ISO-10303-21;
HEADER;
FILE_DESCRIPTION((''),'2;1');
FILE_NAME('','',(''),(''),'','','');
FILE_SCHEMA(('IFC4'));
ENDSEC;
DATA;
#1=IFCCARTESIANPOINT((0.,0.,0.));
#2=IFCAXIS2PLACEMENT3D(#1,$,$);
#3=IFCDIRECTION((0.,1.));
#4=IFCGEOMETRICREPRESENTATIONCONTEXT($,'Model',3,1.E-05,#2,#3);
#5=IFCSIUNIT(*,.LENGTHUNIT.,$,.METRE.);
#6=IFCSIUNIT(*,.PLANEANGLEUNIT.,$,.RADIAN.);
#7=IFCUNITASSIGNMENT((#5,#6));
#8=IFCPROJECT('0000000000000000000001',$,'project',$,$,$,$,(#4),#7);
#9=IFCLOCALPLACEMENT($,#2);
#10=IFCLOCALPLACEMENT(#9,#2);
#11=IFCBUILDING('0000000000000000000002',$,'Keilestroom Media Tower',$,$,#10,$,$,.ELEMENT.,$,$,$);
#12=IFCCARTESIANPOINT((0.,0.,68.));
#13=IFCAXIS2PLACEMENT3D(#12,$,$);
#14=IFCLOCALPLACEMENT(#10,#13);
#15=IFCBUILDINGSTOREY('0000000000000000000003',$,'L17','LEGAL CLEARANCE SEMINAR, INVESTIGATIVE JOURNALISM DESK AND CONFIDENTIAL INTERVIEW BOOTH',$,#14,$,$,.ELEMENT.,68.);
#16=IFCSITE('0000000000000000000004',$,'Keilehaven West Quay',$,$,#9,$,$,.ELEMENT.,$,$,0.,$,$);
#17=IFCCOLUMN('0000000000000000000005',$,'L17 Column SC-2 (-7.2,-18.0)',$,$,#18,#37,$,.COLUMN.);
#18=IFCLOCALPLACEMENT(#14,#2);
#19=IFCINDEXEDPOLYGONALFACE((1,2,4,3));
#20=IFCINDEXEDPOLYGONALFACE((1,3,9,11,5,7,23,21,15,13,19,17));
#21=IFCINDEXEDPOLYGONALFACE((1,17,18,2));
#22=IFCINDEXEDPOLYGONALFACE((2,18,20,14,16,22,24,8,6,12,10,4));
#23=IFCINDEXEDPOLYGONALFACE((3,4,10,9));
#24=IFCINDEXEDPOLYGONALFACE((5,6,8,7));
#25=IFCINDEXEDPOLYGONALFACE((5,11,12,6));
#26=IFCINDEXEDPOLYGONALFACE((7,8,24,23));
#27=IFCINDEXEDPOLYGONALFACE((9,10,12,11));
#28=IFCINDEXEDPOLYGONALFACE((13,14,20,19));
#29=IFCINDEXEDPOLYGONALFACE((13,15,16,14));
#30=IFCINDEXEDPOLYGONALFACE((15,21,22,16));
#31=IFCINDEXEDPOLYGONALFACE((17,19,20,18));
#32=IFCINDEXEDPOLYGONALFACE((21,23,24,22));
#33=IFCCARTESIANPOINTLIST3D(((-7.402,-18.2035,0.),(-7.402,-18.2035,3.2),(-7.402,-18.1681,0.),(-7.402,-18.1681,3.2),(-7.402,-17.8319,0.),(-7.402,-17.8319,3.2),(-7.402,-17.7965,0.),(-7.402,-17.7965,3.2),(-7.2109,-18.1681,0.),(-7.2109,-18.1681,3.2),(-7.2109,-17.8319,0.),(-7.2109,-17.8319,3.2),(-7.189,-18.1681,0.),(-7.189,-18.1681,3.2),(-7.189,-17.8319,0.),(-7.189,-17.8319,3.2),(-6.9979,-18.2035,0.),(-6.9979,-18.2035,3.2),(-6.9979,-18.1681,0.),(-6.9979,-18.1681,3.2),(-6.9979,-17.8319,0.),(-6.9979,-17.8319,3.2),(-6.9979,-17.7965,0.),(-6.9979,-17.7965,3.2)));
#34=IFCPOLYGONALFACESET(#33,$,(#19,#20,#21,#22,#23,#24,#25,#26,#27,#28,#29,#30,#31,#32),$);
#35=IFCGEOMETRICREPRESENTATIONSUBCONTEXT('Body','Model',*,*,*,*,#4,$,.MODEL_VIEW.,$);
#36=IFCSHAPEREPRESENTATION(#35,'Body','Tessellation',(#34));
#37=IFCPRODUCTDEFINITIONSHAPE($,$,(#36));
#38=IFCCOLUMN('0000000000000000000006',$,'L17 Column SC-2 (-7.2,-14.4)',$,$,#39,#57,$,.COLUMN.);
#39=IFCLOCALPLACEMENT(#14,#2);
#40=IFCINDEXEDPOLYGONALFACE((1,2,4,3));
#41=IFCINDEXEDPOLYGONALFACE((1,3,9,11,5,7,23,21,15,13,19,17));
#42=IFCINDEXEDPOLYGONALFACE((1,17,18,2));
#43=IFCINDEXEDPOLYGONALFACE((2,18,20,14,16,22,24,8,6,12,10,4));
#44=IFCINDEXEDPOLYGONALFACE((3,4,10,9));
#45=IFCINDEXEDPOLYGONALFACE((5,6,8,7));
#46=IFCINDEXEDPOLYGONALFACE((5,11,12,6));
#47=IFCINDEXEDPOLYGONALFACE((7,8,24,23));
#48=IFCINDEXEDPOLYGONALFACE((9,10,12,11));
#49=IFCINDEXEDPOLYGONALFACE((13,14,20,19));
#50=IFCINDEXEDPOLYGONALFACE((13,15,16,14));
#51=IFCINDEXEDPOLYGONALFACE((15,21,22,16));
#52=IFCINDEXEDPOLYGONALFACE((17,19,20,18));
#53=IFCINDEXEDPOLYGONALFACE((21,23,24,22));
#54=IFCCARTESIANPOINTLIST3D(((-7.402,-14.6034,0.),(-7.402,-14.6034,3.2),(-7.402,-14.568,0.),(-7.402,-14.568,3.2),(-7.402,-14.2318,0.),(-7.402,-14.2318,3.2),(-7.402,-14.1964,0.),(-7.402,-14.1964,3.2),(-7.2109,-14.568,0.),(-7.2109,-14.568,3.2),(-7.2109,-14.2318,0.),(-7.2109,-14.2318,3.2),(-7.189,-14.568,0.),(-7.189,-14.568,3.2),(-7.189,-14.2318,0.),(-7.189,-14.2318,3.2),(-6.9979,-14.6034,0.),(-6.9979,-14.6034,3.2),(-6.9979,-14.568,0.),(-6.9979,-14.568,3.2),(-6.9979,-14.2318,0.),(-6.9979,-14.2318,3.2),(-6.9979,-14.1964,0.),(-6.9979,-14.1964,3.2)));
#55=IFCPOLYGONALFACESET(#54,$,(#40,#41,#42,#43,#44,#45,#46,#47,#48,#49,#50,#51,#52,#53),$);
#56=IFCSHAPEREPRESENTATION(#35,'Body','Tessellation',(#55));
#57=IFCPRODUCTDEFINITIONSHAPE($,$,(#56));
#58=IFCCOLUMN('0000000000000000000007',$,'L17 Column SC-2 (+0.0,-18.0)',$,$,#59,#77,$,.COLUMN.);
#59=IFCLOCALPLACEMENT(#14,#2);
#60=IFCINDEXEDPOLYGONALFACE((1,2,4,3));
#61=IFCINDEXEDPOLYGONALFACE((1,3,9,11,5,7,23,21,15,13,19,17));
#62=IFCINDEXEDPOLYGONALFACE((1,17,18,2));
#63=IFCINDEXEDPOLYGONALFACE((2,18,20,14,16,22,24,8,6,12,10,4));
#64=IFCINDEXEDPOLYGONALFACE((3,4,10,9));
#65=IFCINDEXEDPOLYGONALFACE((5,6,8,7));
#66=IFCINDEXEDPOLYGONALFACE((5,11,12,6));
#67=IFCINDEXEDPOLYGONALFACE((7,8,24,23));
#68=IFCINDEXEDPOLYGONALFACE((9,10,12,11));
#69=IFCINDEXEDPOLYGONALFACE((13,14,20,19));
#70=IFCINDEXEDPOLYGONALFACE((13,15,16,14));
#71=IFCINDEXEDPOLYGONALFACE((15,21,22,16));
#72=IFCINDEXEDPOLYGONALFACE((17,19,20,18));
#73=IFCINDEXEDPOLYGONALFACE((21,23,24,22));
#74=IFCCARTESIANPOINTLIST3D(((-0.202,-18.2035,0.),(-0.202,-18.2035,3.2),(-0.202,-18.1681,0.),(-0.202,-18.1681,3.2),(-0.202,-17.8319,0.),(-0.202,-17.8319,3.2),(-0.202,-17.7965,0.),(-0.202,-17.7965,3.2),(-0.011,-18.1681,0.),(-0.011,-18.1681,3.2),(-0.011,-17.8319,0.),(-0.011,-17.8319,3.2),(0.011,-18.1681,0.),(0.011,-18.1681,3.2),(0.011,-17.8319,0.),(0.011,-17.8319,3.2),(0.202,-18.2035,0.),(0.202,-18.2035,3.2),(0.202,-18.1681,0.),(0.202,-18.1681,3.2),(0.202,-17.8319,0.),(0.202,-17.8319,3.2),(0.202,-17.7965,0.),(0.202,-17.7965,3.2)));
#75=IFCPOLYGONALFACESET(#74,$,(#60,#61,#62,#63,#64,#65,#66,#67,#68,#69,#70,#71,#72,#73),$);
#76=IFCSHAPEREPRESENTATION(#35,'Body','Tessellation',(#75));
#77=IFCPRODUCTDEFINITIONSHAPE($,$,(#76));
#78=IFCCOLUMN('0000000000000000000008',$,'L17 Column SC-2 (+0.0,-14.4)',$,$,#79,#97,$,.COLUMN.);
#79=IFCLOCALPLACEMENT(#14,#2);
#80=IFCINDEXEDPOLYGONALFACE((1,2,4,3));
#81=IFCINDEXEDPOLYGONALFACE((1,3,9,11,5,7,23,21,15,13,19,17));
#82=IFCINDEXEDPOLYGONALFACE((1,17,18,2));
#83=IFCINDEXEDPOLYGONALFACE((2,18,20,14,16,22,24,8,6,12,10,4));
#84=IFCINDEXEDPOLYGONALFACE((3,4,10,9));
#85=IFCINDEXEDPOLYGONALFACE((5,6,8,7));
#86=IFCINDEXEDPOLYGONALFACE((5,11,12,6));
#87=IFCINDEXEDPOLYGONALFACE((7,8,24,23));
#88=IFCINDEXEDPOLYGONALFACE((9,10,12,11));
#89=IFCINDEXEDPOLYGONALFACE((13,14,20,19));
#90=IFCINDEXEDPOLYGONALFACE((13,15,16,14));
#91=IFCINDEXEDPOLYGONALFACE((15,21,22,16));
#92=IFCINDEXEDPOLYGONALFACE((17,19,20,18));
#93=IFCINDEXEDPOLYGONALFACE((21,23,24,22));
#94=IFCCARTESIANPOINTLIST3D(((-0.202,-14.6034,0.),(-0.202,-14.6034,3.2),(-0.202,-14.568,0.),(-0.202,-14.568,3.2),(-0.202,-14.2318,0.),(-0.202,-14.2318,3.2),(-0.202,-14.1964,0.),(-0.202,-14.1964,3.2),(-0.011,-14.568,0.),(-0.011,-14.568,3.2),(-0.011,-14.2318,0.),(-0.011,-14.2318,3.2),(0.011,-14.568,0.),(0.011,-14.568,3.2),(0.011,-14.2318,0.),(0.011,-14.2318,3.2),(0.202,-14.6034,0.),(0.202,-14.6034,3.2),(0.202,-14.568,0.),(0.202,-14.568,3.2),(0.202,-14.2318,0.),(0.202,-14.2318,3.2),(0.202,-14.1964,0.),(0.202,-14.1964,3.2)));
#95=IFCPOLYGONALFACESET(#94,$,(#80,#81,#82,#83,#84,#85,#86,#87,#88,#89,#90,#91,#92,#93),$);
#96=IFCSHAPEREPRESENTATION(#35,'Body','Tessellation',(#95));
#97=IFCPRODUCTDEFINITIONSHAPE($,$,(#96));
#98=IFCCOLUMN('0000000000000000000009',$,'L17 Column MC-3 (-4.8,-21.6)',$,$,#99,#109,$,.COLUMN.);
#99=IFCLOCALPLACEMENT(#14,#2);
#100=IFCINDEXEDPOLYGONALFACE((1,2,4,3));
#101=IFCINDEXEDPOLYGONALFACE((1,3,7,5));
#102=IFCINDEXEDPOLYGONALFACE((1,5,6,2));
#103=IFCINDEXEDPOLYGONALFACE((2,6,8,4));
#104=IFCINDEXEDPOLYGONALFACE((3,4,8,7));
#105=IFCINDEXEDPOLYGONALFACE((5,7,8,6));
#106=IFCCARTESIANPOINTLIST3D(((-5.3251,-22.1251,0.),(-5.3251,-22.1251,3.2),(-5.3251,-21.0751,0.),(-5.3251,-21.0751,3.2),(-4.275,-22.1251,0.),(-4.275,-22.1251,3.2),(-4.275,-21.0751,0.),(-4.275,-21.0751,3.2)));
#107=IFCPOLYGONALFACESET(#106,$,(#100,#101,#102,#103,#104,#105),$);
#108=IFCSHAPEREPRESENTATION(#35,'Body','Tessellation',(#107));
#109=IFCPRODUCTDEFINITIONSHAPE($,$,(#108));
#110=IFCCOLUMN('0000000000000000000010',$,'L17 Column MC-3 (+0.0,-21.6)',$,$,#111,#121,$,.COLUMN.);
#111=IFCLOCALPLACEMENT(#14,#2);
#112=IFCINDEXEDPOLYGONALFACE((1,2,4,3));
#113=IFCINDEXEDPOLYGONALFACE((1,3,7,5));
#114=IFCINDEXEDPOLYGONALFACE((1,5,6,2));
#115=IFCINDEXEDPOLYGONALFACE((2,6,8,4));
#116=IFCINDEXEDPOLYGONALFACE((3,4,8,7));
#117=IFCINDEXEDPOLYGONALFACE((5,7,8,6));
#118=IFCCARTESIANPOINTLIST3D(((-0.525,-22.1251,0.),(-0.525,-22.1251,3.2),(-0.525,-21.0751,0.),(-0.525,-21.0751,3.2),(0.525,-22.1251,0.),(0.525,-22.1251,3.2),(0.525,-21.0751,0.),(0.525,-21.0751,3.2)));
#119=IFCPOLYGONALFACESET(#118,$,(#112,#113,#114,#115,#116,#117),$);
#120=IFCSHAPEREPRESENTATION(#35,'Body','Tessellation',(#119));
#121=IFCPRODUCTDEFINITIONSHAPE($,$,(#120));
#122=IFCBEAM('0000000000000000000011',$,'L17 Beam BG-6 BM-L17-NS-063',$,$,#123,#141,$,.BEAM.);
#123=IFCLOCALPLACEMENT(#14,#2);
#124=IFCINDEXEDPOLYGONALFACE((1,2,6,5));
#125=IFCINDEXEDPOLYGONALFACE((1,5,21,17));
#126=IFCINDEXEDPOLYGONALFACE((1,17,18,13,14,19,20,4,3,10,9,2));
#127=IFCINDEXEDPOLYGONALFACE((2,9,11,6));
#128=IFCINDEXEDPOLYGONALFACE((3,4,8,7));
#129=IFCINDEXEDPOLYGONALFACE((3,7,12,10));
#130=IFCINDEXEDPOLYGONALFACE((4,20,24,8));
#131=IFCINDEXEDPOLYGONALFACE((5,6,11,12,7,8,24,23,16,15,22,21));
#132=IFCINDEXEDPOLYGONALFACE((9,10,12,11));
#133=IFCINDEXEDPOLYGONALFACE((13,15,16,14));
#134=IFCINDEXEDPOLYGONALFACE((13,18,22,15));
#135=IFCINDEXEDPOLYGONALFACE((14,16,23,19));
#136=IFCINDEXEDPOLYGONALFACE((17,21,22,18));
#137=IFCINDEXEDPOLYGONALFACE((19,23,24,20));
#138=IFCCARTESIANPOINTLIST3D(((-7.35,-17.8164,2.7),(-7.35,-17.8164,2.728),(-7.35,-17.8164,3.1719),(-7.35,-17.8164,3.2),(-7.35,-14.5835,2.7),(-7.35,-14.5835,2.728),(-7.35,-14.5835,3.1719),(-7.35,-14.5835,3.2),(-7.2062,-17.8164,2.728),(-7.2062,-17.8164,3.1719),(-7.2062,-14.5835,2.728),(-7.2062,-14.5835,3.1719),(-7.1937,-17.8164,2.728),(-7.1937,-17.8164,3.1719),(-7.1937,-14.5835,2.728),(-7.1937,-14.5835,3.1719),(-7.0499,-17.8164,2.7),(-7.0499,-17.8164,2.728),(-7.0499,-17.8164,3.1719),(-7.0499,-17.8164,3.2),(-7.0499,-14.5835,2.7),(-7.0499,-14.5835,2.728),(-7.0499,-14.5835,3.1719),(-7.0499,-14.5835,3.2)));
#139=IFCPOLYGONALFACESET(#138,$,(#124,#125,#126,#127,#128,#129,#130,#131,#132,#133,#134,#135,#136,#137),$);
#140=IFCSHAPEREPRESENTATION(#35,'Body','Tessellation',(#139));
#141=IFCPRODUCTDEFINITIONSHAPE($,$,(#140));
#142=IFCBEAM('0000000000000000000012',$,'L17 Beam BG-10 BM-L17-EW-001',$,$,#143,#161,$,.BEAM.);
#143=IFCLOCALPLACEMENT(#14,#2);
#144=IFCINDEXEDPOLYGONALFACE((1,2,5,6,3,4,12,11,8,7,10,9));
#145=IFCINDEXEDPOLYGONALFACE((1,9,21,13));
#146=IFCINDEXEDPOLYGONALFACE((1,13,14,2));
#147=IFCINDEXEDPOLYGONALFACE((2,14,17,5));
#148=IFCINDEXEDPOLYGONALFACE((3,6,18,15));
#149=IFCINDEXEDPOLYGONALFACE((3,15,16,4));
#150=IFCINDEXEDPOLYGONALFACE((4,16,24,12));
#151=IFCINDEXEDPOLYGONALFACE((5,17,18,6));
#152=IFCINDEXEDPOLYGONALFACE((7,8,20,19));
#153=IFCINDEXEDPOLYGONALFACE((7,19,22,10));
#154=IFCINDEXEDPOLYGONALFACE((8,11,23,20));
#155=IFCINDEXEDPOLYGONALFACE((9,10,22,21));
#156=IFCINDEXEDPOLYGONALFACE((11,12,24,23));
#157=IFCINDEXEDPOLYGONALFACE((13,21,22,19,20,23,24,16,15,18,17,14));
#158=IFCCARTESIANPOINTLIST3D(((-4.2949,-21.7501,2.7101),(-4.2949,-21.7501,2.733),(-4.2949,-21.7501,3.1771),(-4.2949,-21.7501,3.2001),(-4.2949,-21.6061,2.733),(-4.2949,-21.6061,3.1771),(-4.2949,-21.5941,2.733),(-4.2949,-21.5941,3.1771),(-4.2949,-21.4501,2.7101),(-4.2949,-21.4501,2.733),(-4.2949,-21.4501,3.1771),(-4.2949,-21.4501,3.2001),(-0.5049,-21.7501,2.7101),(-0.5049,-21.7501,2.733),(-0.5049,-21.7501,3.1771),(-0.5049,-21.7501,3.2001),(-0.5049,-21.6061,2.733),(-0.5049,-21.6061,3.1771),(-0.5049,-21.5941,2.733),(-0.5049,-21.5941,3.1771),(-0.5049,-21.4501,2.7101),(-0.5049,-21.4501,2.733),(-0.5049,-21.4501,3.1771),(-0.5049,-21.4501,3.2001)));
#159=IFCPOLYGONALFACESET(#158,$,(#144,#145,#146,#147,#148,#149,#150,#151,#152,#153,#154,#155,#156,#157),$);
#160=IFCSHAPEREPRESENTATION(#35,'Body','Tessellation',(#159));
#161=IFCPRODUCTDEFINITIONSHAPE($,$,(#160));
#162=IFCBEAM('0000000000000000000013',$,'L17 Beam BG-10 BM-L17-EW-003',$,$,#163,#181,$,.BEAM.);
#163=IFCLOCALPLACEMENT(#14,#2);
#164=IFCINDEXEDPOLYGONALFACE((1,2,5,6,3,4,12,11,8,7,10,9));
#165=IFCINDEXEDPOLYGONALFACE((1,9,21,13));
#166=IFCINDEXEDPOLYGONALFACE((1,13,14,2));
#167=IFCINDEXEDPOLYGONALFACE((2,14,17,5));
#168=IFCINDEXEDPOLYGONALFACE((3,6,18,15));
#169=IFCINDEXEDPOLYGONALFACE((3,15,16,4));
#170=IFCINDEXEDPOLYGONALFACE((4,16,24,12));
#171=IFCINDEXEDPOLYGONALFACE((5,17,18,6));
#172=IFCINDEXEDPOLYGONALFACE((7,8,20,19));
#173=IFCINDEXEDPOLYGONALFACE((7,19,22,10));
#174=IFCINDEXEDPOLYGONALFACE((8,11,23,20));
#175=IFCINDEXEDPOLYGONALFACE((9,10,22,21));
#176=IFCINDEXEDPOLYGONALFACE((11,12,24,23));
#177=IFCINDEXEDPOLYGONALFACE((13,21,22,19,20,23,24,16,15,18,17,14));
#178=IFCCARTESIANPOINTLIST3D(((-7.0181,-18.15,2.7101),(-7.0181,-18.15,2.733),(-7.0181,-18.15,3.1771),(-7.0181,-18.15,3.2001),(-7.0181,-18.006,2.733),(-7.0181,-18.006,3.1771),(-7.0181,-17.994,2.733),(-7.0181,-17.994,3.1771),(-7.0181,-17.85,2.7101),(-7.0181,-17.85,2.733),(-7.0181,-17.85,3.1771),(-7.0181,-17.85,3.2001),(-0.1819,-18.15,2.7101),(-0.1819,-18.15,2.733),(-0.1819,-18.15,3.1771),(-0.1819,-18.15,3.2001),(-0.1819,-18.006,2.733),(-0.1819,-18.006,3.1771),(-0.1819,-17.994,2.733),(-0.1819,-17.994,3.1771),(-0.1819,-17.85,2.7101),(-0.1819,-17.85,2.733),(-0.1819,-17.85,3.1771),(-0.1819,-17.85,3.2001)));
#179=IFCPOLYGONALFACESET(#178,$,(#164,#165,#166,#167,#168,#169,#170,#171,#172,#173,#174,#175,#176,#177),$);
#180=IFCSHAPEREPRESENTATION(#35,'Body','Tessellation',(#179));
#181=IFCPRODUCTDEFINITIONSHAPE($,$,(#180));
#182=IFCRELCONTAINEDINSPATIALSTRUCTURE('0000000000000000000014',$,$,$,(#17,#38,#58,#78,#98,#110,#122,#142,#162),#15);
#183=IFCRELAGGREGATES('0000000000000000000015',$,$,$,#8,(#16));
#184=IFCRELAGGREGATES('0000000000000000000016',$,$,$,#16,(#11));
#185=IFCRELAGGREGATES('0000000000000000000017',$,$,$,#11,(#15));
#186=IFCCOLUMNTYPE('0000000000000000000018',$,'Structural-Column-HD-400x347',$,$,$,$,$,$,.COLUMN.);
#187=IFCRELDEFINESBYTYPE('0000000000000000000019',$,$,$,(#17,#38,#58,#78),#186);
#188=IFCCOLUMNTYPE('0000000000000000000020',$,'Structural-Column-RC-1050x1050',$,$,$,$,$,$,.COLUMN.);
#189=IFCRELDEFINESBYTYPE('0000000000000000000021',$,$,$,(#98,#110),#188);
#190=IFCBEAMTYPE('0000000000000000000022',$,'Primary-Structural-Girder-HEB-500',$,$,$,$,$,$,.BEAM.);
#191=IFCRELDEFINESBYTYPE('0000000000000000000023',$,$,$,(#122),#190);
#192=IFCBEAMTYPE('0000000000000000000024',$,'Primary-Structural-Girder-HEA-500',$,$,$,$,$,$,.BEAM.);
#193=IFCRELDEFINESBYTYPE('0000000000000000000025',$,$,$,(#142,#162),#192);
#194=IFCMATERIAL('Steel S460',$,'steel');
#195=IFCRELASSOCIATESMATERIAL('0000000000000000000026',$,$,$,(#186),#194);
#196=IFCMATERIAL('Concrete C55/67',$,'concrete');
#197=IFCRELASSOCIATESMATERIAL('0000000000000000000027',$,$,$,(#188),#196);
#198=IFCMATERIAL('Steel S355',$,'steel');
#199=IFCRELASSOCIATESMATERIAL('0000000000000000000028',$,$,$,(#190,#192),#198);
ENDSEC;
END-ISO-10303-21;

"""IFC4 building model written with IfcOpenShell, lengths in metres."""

from ifc_helpers import new_model, si_unit, direction, frame, origin, origin_2d, place, context, subcontext, project, spatial, rectangle, i_section, extrude, source, transform, mapped, material, material_profile, profile_set, type_object, element, save


model = new_model("IFC4")

# Units and contexts
model_context = context("Model", 3, precision=1e-05, world=origin(), true_north=direction((0.0, 1.0)))
body_context = subcontext(model_context, "Body", "Model", "MODEL_VIEW")
ifc_project = project(units=[si_unit("LENGTHUNIT", "METRE"), si_unit("PLANEANGLEUNIT", "RADIAN")], contexts=[model_context])

# Site, building, storey
site_placement = place(None, origin())
site = spatial("IfcSite", under=ifc_project, at=site_placement, Name="Keilehaven West Quay", CompositionType="ELEMENT", RefElevation=0.0)
building_placement = place(site_placement, origin())
building = spatial("IfcBuilding", under=site, at=building_placement, Name="Keilestroom Media Tower", CompositionType="ELEMENT")
storey_placement = place(building_placement, frame((0.0, 0.0, 68.0)))
storey = spatial("IfcBuildingStorey", under=building, at=storey_placement, Name="L17", Description="LEGAL CLEARANCE SEMINAR, INVESTIGATIVE JOURNALISM DESK AND CONFIDENTIAL INTERVIEW BOOTH", CompositionType="ELEMENT", Elevation=68.0)

# Columns
ifc_material_1 = material(Name="Steel S460", Category="steel")
ifc_material_profile_1 = material_profile(ifc_material_1, i_section(OverallWidth=0.4041, OverallDepth=0.407, WebThickness=0.022, FlangeThickness=0.0354, at=origin_2d()), Name="HD 400x347")
ifc_profile_set_1 = profile_set([ifc_material_profile_1], Name="Steel S460")
column_type_1 = type_object("IfcColumnType", Name="Structural-Column-HD-400x347", PredefinedType="COLUMN", material=ifc_profile_set_1)
shared_shape_1 = source(origin(), body_context, "Body", "SweptSolid", [
    extrude(i_section(OverallWidth=0.4041, OverallDepth=0.407, WebThickness=0.022, FlangeThickness=0.0354, at=origin_2d()), origin(), (0.0, 0.0, 1.0), 3.2),
])
for number, where, z_axis, x_axis, name in (
    (1, (-7.2, -18.0, 0.0), (0.0, 0.0, 1.0), (1.0, 0.0, 0.0), "L17 Column SC-2 (-7.2,-18.0)"),
    (2, (-7.2, -14.3999, 0.0), (0.0, 0.0, 1.0), (1.0, 0.0, 0.0), "L17 Column SC-2 (-7.2,-14.4)"),
    (3, (0.0, -18.0, 0.0), (0.0, 0.0, 1.0), (1.0, 0.0, 0.0), "L17 Column SC-2 (+0.0,-18.0)"),
    (4, (0.0, -14.3999, 0.0), (0.0, 0.0, 1.0), (1.0, 0.0, 0.0), "L17 Column SC-2 (+0.0,-14.4)"),
):
    element("IfcColumn", number, at=place(storey_placement, frame(where, z_axis=z_axis, x_axis=x_axis)), inside=storey, type_object=column_type_1, Name=name, PredefinedType="COLUMN", context=body_context, shape_type="MappedRepresentation", body=[
        mapped(shared_shape_1, transform((0.0, 0.0, 0.0), x_axis=(1.0, 0.0, 0.0), y_axis=(0.0, 1.0, 0.0), z_axis=(0.0, 0.0, 1.0), scale=1.0)),
    ])
ifc_material_2 = material(Name="Concrete C55/67", Category="concrete")
ifc_material_profile_2 = material_profile(ifc_material_2, rectangle(XDim=1.05, YDim=1.05, at=origin_2d()), Name="RC 1050x1050")
ifc_profile_set_2 = profile_set([ifc_material_profile_2], Name="Concrete C55/67")
column_type_2 = type_object("IfcColumnType", Name="Structural-Column-RC-1050x1050", PredefinedType="COLUMN", material=ifc_profile_set_2)
shared_shape_2 = source(origin(), body_context, "Body", "SweptSolid", [
    extrude(rectangle(XDim=1.05, YDim=1.05, at=origin_2d()), origin(), (0.0, 0.0, 1.0), 3.2),
])
for number, where, z_axis, x_axis, name in (
    (5, (-4.8, -21.6001, 0.0), (0.0, 0.0, 1.0), (1.0, 0.0, 0.0), "L17 Column MC-3 (-4.8,-21.6)"),
    (6, (0.0, -21.6001, 0.0), (0.0, 0.0, 1.0), (1.0, 0.0, 0.0), "L17 Column MC-3 (+0.0,-21.6)"),
):
    element("IfcColumn", number, at=place(storey_placement, frame(where, z_axis=z_axis, x_axis=x_axis)), inside=storey, type_object=column_type_2, Name=name, PredefinedType="COLUMN", context=body_context, shape_type="MappedRepresentation", body=[
        mapped(shared_shape_2, transform((0.0, 0.0, 0.0), x_axis=(1.0, 0.0, 0.0), y_axis=(0.0, 1.0, 0.0), z_axis=(0.0, 0.0, 1.0), scale=1.0)),
    ])

# Beams
ifc_material_3 = material(Name="Steel S355", Category="steel")
ifc_material_profile_3 = material_profile(ifc_material_3, i_section(OverallWidth=0.3, OverallDepth=0.5, WebThickness=0.0125, FlangeThickness=0.0281, at=origin_2d()), Name="HEB 500")
ifc_profile_set_3 = profile_set([ifc_material_profile_3], Name="Steel S355")
beam_type_1 = type_object("IfcBeamType", Name="Primary-Structural-Girder-HEB-500", PredefinedType="BEAM", material=ifc_profile_set_3)
shared_shape_3 = source(origin(), body_context, "Body", "SweptSolid", [
    extrude(i_section(OverallWidth=0.3, OverallDepth=0.5, WebThickness=0.0125, FlangeThickness=0.0281, at=origin_2d()), origin(), (0.0, 0.0, 1.0), 3.2329),
])
beam_1_placement = place(storey_placement, frame((-7.2, -17.8164, 2.95), z_axis=(0.0, 1.0, 0.0), x_axis=(-1.0, 0.0, 0.0)))
element("IfcBeam", 7, at=beam_1_placement, inside=storey, type_object=beam_type_1, Name="L17 Beam BG-6 BM-L17-NS-063", PredefinedType="BEAM", context=body_context, shape_type="MappedRepresentation", body=[
    mapped(shared_shape_3, transform((0.0, 0.0, 0.0), x_axis=(1.0, 0.0, 0.0), y_axis=(0.0, 1.0, 0.0), z_axis=(0.0, 0.0, 1.0), scale=1.0)),
])
ifc_material_profile_4 = material_profile(ifc_material_3, i_section(OverallWidth=0.3, OverallDepth=0.49, WebThickness=0.012, FlangeThickness=0.0229, at=origin_2d()), Name="HEA 500")
ifc_profile_set_4 = profile_set([ifc_material_profile_4], Name="Steel S355")
beam_type_2 = type_object("IfcBeamType", Name="Primary-Structural-Girder-HEA-500", PredefinedType="BEAM", material=ifc_profile_set_4)
shared_shape_4 = source(origin(), body_context, "Body", "SweptSolid", [
    extrude(i_section(OverallWidth=0.3, OverallDepth=0.49, WebThickness=0.012, FlangeThickness=0.0229, at=origin_2d()), origin(), (0.0, 0.0, 1.0), 3.79),
])
beam_2_placement = place(storey_placement, frame((-4.2949, -21.6001, 2.9551), z_axis=(1.0, 0.0, 0.0), x_axis=(0.0, 1.0, 0.0)))
element("IfcBeam", 8, at=beam_2_placement, inside=storey, type_object=beam_type_2, Name="L17 Beam BG-10 BM-L17-EW-001", PredefinedType="BEAM", context=body_context, shape_type="MappedRepresentation", body=[
    mapped(shared_shape_4, transform((0.0, 0.0, 0.0), x_axis=(1.0, 0.0, 0.0), y_axis=(0.0, 1.0, 0.0), z_axis=(0.0, 0.0, 1.0), scale=1.0)),
])
shared_shape_5 = source(origin(), body_context, "Body", "SweptSolid", [
    extrude(i_section(OverallWidth=0.3, OverallDepth=0.49, WebThickness=0.012, FlangeThickness=0.0229, at=origin_2d()), origin(), (0.0, 0.0, 1.0), 6.8362),
])
for number, where, z_axis, x_axis, name in (
    (9, (-7.0181, -18.0, 2.9551), (1.0, 0.0, 0.0), (0.0, 1.0, 0.0), "L17 Beam BG-10 BM-L17-EW-003"),
):
    element("IfcBeam", number, at=place(storey_placement, frame(where, z_axis=z_axis, x_axis=x_axis)), inside=storey, type_object=beam_type_2, Name=name, PredefinedType="BEAM", context=body_context, shape_type="MappedRepresentation", body=[
        mapped(shared_shape_5, transform((0.0, 0.0, 0.0), x_axis=(1.0, 0.0, 0.0), y_axis=(0.0, 1.0, 0.0), z_axis=(0.0, 0.0, 1.0), scale=1.0)),
    ])

save(model, "model.ifc")
